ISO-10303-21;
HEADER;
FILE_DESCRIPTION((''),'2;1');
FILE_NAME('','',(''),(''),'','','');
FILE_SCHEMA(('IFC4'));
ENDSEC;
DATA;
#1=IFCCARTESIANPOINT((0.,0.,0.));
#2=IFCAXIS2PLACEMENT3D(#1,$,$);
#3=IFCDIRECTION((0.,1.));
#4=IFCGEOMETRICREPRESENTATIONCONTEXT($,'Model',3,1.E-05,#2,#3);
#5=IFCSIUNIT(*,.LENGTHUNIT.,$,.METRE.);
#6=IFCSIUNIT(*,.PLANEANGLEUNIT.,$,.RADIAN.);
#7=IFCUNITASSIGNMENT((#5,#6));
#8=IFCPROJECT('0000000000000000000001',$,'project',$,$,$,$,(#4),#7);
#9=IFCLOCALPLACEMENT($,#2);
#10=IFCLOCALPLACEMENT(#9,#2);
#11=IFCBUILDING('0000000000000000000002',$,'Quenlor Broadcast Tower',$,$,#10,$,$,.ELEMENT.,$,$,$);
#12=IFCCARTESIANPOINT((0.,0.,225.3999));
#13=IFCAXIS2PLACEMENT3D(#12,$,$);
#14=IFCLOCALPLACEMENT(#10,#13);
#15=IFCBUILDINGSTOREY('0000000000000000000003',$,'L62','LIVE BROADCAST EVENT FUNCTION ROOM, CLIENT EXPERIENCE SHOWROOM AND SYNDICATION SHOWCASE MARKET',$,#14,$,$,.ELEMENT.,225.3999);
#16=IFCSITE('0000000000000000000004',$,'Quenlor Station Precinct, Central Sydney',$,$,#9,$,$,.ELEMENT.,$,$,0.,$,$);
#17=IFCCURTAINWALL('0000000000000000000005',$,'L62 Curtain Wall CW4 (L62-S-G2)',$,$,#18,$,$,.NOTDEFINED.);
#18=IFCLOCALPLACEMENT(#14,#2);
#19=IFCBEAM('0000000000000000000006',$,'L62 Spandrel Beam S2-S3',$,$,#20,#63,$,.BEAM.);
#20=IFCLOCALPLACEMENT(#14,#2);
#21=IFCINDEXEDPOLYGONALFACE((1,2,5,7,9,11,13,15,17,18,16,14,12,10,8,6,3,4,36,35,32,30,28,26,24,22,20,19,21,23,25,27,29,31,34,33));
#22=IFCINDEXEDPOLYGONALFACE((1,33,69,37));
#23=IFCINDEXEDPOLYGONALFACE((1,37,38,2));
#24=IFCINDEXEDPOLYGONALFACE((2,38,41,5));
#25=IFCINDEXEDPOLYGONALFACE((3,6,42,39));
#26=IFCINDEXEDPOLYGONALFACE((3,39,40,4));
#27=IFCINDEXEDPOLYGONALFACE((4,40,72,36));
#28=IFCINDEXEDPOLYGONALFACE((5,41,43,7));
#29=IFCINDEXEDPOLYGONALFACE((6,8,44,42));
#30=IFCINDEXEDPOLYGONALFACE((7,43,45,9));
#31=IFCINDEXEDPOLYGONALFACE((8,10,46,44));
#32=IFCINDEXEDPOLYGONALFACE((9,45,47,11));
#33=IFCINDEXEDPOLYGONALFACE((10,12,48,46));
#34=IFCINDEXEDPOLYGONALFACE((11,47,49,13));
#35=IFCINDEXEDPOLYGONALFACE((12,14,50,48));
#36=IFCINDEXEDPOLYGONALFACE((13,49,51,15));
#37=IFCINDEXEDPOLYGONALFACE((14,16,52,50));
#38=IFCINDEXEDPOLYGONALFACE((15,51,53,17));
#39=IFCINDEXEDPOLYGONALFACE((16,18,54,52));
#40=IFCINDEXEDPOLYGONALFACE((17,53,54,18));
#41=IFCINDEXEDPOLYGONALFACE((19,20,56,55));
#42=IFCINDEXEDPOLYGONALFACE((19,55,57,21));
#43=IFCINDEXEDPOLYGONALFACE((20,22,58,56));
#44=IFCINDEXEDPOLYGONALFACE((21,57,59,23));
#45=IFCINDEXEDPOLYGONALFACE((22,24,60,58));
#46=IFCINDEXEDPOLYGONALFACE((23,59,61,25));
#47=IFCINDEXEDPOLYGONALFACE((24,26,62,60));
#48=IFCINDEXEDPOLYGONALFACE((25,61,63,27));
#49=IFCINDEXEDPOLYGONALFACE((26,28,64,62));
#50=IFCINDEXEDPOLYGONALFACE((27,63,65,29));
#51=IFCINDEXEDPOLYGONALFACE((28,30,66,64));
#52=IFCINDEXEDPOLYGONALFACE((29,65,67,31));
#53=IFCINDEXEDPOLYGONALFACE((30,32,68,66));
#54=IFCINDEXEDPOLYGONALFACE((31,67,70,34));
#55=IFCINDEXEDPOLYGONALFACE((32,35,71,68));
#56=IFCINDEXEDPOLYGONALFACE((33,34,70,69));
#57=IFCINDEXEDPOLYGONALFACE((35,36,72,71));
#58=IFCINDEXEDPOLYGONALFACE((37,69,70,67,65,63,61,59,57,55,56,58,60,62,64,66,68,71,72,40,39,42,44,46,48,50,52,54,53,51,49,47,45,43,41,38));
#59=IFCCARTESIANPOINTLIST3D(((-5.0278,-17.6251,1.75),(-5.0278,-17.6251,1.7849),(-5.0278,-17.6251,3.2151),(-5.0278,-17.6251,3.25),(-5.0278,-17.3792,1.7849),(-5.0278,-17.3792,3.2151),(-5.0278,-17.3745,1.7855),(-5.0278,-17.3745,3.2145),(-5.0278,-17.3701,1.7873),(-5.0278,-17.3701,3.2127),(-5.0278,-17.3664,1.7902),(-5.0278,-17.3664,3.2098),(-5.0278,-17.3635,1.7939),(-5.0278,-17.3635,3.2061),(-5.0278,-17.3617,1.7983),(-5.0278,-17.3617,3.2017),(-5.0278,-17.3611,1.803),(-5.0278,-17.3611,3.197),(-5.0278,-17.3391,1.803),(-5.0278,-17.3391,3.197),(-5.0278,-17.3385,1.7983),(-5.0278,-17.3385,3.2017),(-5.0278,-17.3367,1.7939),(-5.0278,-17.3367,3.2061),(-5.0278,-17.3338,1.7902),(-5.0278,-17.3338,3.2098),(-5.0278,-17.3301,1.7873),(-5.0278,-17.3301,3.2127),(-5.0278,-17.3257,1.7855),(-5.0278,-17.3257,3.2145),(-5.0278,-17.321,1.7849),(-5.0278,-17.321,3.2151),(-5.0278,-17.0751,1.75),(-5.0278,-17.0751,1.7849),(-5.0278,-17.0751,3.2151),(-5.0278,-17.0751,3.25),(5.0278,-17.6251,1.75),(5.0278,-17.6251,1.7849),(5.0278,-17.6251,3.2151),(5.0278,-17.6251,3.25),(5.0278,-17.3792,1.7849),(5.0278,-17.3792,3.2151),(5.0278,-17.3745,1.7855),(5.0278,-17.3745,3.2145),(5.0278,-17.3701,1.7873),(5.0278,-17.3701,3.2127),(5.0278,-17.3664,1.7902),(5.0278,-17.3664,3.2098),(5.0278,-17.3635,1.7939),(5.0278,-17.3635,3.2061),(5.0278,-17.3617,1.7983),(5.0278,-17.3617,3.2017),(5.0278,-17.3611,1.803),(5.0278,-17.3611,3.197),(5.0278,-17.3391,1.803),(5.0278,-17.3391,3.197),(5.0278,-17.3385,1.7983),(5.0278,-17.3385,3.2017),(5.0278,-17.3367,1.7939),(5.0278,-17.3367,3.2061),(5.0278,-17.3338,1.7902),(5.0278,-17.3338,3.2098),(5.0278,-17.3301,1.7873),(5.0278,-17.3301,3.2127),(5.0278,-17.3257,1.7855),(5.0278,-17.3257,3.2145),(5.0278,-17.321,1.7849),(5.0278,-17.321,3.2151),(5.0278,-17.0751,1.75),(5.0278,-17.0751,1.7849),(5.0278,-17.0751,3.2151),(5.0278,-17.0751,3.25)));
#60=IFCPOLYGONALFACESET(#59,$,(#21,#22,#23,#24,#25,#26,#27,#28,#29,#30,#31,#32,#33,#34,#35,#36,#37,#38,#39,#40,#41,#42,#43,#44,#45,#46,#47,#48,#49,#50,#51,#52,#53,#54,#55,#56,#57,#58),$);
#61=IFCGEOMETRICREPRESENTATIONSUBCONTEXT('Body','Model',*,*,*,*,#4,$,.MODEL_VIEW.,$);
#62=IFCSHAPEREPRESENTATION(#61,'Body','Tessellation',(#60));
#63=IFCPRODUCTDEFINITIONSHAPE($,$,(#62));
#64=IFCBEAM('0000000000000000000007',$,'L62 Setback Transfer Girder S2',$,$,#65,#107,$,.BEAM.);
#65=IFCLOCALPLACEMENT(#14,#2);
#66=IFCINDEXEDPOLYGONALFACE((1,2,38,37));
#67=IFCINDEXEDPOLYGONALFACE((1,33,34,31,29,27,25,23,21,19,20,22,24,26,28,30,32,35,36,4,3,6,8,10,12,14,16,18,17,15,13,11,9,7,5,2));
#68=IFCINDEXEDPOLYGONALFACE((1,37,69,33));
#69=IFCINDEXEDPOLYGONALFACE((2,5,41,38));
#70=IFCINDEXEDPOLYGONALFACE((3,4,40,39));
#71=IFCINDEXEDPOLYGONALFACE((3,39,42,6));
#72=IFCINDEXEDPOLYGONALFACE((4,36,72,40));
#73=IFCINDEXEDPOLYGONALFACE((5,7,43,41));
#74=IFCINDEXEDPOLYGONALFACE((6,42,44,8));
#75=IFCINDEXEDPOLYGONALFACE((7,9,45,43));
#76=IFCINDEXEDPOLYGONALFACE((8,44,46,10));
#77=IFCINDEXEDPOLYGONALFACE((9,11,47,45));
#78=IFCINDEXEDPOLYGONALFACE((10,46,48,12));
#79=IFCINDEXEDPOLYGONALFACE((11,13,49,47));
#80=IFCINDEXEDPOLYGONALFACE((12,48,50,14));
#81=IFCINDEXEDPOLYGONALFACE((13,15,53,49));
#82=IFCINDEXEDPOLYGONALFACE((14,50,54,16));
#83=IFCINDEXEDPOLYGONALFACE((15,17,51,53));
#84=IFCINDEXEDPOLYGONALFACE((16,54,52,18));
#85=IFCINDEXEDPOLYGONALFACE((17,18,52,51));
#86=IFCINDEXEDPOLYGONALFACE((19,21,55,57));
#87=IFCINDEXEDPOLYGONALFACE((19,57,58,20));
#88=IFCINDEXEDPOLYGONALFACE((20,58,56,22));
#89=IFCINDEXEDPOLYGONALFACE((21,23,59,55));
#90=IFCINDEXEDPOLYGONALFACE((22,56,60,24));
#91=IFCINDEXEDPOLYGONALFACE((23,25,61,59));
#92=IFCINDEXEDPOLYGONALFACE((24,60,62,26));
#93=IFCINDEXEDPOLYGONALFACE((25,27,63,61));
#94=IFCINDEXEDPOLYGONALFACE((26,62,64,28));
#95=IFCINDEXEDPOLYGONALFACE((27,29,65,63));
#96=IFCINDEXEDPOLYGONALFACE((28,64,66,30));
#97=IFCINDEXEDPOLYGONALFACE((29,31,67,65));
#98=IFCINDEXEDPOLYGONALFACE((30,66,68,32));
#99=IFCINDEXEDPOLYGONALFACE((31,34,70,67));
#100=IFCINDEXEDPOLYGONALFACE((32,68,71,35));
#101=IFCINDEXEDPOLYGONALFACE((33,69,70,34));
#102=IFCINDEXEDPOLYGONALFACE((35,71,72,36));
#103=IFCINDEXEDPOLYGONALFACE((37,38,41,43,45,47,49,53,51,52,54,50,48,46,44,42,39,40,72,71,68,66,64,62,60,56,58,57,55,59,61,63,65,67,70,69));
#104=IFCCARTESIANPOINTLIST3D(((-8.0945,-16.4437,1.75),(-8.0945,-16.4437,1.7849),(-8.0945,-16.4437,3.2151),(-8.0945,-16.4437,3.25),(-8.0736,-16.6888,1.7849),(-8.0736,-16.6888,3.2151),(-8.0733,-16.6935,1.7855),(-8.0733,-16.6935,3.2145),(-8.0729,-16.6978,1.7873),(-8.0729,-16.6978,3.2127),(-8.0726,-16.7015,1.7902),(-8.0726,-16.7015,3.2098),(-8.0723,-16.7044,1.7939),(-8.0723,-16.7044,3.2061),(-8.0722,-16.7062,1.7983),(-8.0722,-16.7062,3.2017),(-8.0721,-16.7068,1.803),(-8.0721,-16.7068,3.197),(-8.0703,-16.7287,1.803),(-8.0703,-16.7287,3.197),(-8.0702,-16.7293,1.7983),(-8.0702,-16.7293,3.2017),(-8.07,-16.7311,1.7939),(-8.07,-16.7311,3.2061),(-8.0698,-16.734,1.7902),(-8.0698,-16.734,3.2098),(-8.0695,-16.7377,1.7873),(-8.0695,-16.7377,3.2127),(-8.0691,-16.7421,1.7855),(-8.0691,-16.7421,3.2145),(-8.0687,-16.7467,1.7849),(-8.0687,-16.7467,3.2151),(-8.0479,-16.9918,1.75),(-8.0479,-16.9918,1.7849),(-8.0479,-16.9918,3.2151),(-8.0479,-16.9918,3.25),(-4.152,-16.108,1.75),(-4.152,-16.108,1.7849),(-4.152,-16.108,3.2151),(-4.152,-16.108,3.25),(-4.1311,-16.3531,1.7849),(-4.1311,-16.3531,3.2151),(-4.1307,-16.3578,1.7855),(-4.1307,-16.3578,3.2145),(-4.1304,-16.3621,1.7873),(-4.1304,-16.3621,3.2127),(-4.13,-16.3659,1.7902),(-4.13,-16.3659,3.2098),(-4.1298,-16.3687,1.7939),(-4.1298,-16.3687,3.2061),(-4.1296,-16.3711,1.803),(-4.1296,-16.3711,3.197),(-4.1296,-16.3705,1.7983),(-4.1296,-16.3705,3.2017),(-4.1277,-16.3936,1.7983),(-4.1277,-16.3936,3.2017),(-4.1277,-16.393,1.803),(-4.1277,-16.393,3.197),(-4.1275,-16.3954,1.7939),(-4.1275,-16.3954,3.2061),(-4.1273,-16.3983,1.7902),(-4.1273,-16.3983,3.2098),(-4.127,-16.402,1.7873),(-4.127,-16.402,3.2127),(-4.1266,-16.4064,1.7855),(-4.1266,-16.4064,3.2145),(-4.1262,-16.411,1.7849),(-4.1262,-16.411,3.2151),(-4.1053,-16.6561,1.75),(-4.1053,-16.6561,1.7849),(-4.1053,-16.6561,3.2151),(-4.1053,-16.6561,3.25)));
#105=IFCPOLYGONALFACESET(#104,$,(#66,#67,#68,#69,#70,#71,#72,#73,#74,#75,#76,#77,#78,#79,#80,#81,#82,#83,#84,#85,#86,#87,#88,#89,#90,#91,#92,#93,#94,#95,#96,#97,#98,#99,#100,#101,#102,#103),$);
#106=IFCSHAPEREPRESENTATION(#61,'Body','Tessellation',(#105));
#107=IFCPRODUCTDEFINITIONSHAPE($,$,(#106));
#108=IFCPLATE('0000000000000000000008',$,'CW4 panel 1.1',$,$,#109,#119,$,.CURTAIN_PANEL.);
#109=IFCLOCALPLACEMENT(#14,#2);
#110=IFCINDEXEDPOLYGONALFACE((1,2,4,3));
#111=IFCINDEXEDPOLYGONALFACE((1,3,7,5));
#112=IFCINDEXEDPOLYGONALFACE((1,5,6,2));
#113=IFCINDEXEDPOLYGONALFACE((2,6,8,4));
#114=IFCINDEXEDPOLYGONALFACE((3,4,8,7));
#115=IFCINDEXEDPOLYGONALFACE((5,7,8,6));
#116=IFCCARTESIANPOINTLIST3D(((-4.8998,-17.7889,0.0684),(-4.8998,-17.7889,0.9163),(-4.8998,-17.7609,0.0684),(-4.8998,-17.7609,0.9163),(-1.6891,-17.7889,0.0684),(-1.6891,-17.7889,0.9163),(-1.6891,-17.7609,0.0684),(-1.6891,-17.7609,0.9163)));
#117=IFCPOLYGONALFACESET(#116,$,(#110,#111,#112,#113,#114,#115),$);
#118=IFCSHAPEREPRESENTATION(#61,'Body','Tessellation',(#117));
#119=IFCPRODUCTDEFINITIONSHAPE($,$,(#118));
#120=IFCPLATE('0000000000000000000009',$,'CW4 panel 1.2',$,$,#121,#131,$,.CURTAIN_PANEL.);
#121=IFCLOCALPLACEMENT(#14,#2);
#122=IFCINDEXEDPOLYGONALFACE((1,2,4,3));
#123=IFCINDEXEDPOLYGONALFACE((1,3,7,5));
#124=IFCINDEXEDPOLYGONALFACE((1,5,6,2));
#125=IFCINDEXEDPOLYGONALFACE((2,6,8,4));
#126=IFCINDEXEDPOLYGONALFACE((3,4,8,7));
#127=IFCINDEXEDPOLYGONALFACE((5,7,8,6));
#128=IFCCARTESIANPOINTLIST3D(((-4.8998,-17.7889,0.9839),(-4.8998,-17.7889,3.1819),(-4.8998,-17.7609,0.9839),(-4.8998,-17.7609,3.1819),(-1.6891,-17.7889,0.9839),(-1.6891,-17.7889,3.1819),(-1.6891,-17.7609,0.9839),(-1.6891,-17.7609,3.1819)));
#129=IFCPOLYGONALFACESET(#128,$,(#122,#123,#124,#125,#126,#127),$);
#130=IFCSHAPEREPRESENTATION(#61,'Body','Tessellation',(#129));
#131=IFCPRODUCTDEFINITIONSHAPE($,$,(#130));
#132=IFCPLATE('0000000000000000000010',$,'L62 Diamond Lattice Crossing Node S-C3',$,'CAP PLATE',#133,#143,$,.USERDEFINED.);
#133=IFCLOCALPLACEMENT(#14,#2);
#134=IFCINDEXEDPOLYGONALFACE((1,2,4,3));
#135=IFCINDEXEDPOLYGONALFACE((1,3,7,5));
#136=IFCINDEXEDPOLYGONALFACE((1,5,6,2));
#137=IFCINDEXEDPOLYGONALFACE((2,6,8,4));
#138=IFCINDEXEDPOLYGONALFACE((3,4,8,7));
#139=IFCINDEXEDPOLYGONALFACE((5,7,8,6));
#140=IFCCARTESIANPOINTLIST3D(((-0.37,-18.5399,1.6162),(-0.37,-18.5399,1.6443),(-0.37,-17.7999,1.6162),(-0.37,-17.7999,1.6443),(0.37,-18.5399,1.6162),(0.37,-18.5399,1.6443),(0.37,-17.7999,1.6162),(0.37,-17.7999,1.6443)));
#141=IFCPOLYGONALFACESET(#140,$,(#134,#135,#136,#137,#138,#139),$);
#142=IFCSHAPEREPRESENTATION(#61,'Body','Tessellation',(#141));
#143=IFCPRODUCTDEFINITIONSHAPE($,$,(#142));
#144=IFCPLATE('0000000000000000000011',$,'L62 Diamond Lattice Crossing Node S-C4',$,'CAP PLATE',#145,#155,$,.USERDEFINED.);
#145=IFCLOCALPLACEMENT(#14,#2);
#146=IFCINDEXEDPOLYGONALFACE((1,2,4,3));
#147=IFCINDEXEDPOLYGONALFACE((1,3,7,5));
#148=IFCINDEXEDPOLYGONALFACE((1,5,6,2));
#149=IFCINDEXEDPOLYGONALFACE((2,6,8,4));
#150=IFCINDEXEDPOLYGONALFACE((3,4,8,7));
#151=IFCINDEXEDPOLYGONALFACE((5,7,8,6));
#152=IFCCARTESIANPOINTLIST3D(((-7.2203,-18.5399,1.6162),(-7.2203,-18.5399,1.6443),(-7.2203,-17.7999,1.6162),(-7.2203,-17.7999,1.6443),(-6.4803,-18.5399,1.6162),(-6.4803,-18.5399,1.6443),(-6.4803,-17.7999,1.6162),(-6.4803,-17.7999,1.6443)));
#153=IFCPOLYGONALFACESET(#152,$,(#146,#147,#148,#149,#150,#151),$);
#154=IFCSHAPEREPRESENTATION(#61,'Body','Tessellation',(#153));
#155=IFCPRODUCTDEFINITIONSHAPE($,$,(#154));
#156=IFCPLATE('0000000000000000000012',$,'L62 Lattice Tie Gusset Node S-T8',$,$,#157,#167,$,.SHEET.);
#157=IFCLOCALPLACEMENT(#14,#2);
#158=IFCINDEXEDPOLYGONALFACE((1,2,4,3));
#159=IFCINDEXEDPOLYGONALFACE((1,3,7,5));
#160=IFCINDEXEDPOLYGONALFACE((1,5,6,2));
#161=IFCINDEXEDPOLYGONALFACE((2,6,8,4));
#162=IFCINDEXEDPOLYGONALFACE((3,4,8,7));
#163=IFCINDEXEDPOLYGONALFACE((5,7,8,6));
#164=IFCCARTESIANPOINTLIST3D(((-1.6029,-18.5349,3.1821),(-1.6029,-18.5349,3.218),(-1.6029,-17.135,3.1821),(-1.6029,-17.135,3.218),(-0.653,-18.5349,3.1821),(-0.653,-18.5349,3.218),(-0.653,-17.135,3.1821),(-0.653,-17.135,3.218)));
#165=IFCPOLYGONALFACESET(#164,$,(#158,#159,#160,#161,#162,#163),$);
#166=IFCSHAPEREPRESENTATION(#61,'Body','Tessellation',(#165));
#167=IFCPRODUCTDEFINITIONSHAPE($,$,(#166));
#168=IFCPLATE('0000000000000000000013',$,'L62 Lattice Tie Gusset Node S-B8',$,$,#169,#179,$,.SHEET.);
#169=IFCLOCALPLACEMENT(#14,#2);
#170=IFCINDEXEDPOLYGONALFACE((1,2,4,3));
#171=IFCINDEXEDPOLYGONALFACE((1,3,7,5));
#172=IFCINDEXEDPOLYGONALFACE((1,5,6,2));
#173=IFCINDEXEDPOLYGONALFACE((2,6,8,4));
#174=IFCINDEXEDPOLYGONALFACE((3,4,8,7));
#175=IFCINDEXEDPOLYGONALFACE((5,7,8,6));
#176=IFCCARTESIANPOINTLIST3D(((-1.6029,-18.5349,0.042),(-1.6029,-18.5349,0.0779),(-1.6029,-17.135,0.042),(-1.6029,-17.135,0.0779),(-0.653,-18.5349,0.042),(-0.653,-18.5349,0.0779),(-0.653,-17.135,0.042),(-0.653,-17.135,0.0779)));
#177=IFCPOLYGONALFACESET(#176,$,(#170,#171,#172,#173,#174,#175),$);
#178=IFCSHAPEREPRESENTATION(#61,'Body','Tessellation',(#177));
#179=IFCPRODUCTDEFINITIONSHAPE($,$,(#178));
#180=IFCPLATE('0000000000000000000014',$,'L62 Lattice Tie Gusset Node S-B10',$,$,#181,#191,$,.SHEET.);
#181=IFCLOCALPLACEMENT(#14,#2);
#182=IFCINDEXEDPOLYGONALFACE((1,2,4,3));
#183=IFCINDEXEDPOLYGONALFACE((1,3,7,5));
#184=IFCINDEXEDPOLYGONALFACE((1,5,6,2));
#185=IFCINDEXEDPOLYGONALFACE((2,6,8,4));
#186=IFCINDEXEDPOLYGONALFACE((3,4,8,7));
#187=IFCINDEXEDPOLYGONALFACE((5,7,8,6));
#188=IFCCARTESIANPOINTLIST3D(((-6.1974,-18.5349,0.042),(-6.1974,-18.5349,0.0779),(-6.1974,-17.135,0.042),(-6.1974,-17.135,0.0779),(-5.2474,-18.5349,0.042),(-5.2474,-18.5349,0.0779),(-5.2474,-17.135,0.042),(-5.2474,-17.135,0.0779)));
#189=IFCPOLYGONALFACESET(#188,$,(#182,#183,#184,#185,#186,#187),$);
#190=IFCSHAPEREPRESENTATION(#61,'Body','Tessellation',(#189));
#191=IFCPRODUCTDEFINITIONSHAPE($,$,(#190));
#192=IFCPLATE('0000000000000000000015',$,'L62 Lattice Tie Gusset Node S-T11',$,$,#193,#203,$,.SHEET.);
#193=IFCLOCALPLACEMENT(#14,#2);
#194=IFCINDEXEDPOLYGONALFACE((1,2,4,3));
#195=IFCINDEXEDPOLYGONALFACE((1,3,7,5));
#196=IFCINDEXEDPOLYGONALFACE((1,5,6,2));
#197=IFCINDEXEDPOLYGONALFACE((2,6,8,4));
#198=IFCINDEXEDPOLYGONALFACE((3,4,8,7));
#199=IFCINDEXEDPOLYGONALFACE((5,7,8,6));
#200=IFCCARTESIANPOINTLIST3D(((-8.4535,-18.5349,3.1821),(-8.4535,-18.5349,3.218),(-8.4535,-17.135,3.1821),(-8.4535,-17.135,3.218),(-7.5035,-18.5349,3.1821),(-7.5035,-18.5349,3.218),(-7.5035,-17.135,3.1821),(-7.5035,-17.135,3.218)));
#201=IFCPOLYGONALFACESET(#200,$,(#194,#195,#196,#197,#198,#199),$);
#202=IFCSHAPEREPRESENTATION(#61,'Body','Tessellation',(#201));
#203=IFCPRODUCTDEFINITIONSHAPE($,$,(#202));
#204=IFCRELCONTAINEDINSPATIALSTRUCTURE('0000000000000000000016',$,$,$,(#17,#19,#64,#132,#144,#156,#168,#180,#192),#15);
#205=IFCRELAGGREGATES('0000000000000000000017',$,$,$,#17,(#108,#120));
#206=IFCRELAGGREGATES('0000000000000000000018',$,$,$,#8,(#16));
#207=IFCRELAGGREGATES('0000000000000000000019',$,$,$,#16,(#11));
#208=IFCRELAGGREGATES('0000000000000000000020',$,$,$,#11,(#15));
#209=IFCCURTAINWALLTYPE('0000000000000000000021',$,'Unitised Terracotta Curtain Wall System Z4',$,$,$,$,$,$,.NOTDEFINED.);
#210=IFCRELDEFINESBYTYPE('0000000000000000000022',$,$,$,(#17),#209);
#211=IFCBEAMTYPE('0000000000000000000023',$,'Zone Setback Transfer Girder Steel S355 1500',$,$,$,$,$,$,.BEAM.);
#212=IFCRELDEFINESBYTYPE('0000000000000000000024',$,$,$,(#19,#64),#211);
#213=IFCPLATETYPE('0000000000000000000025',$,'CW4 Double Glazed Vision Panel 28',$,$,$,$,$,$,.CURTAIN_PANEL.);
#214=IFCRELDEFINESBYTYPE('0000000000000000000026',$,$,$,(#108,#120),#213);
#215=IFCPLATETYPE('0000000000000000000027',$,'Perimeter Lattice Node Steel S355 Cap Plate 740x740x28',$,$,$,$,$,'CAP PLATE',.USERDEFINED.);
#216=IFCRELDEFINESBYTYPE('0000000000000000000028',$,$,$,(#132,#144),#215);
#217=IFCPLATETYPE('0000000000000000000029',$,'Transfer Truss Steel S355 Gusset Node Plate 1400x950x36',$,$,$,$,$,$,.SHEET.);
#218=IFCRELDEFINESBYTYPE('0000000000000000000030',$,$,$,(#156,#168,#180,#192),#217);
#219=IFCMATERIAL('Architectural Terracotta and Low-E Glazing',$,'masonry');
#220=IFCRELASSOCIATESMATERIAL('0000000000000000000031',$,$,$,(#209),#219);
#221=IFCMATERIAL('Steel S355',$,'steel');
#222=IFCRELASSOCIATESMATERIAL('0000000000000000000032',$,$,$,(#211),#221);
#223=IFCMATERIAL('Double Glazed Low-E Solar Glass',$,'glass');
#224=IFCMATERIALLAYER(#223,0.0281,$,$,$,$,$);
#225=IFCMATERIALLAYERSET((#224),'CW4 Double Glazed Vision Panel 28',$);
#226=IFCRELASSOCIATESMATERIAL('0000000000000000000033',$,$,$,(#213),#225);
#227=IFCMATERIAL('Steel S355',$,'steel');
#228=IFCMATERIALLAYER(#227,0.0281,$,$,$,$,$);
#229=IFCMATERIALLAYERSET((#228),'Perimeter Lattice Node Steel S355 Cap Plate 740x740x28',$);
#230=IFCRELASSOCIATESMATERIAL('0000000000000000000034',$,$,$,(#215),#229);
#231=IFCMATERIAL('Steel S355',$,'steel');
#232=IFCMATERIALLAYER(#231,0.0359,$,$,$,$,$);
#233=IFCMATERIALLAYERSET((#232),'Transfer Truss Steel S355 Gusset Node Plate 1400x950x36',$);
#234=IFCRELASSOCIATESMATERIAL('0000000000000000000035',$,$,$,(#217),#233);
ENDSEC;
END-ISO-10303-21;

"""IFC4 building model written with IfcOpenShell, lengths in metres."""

from ifc_helpers import new_model, si_unit, direction, frame, origin, origin_2d, place, context, subcontext, project, spatial, rectangle, i_section, extrude, material, layer, layer_set, material_profile, profile_set, type_object, element, aggregate, save


model = new_model("IFC4")

# Units and contexts
model_context = context("Model", 3, precision=1e-05, world=origin(), true_north=direction((0.0, 1.0)))
body_context = subcontext(model_context, "Body", "Model", "MODEL_VIEW")
ifc_project = project(units=[si_unit("LENGTHUNIT", "METRE"), si_unit("PLANEANGLEUNIT", "RADIAN")], contexts=[model_context])

# Site, building, storey
site_placement = place(None, origin())
site = spatial("IfcSite", under=ifc_project, at=site_placement, Name="Quenlor Station Precinct, Central Sydney", CompositionType="ELEMENT", RefElevation=0.0)
building_placement = place(site_placement, origin())
building = spatial("IfcBuilding", under=site, at=building_placement, Name="Quenlor Broadcast Tower", CompositionType="ELEMENT")
storey_placement = place(building_placement, frame((0.0, 0.0, 225.3999)))
storey = spatial("IfcBuildingStorey", under=building, at=storey_placement, Name="L62", Description="LIVE BROADCAST EVENT FUNCTION ROOM, CLIENT EXPERIENCE SHOWROOM AND SYNDICATION SHOWCASE MARKET", CompositionType="ELEMENT", Elevation=225.3999)

# Curtain wall
ifc_material_1 = material(Name="Architectural Terracotta and Low-E Glazing", Category="masonry")
curtain_wall_type = type_object("IfcCurtainWallType", Name="Unitised Terracotta Curtain Wall System Z4", PredefinedType="NOTDEFINED", material=ifc_material_1)
curtain_wall_placement = place(storey_placement, origin())
curtain_wall = element("IfcCurtainWall", 1, at=curtain_wall_placement, inside=storey, type_object=curtain_wall_type, Name="L62 Curtain Wall CW4 (L62-S-G2)", PredefinedType="NOTDEFINED")

# Beams
ifc_material_2 = material(Name="Steel S355", Category="steel")
ifc_material_profile_1 = material_profile(ifc_material_2, i_section(OverallWidth=0.55, OverallDepth=1.5, WebThickness=0.022, FlangeThickness=0.0349, FilletRadius=0.0181, at=origin_2d()))
ifc_profile_set_1 = profile_set([ifc_material_profile_1], Name="Steel S355 1500TG510")
beam_type = type_object("IfcBeamType", Name="Zone Setback Transfer Girder Steel S355 1500", PredefinedType="BEAM", material=ifc_profile_set_1)
beam_1_placement = place(storey_placement, frame((-5.0278, -17.3501, 2.5), z_axis=(1.0, 0.0, 0.0), x_axis=(0.0, 1.0, 0.0)))
element("IfcBeam", 2, at=beam_1_placement, inside=storey, type_object=beam_type, Name="L62 Spandrel Beam S2-S3", PredefinedType="BEAM", context=body_context, shape_type="SweptSolid", body=[
    extrude(i_section(OverallWidth=0.55, OverallDepth=1.5, WebThickness=0.022, FlangeThickness=0.0349, FilletRadius=0.0181, at=origin_2d()), origin(), (0.0, 0.0, 1.0), 10.0557),
])
beam_2_placement = place(storey_placement, frame((-4.1287, -16.3821, 2.5), z_axis=(-0.996395, -0.084838, 0.0), x_axis=(0.084838, -0.996395, 0.0)))
element("IfcBeam", 3, at=beam_2_placement, inside=storey, type_object=beam_type, Name="L62 Setback Transfer Girder S2", PredefinedType="BEAM", context=body_context, shape_type="SweptSolid", body=[
    extrude(i_section(OverallWidth=0.55, OverallDepth=1.5, WebThickness=0.022, FlangeThickness=0.0349, FilletRadius=0.0181, at=origin_2d()), origin(), (0.0, 0.0, 1.0), 3.9568),
])

# Plates
ifc_material_3 = material(Name="Double Glazed Low-E Solar Glass", Category="glass")
ifc_layer_1 = layer(ifc_material_3, 0.0281)
ifc_layer_set_1 = layer_set([ifc_layer_1], Name="CW4 Double Glazed Vision Panel 28")
plate_type_1 = type_object("IfcPlateType", Name="CW4 Double Glazed Vision Panel 28", PredefinedType="CURTAIN_PANEL", material=ifc_layer_set_1)
plate_1_placement = place(storey_placement, frame((-3.2944, -17.7749, 0.0684), z_axis=(0.0, 0.0, 1.0), x_axis=(-1.0, 0.0, 0.0)))
plate_1 = element("IfcPlate", 4, at=plate_1_placement, type_object=plate_type_1, Name="CW4 panel 1.1", PredefinedType="CURTAIN_PANEL", context=body_context, shape_type="SweptSolid", body=[
    extrude(rectangle(XDim=3.2107, YDim=0.0281, at=origin_2d()), origin(), (0.0, 0.0, 1.0), 0.8479),
])
plate_2_placement = place(storey_placement, frame((-3.2944, -17.7749, 0.9839), z_axis=(0.0, 0.0, 1.0), x_axis=(-1.0, 0.0, 0.0)))
plate_2 = element("IfcPlate", 5, at=plate_2_placement, type_object=plate_type_1, Name="CW4 panel 1.2", PredefinedType="CURTAIN_PANEL", context=body_context, shape_type="SweptSolid", body=[
    extrude(rectangle(XDim=3.2107, YDim=0.0281, at=origin_2d()), origin(), (0.0, 0.0, 1.0), 2.198),
])
aggregate(curtain_wall, [plate_1, plate_2])

# Plates
ifc_material_4 = material(Name="Steel S355", Category="steel")
ifc_layer_2 = layer(ifc_material_4, 0.0281)
ifc_layer_set_2 = layer_set([ifc_layer_2], Name="Perimeter Lattice Node Steel S355 Cap Plate 740x740x28")
plate_type_2 = type_object("IfcPlateType", Name="Perimeter Lattice Node Steel S355 Cap Plate 740x740x28", ElementType="CAP PLATE", PredefinedType="USERDEFINED", material=ifc_layer_set_2)
for number, where, z_axis, x_axis, name in (
    (6, (0.0, -18.1699, 1.6162), (0.0, 0.0, 1.0), (-1.0, 0.0, 0.0), "L62 Diamond Lattice Crossing Node S-C3"),
    (7, (-6.8503, -18.1699, 1.6162), (0.0, 0.0, 1.0), (-1.0, 0.0, 0.0), "L62 Diamond Lattice Crossing Node S-C4"),
):
    element("IfcPlate", number, at=place(storey_placement, frame(where, z_axis=z_axis, x_axis=x_axis)), inside=storey, type_object=plate_type_2, Name=name, ObjectType="CAP PLATE", PredefinedType="USERDEFINED", context=body_context, shape_type="SweptSolid", body=[
        extrude(rectangle(XDim=0.74, YDim=0.74, at=origin_2d()), origin(), (0.0, 0.0, 1.0), 0.0281),
    ])
ifc_material_5 = material(Name="Steel S355", Category="steel")
ifc_layer_3 = layer(ifc_material_5, 0.0359)
ifc_layer_set_3 = layer_set([ifc_layer_3], Name="Transfer Truss Steel S355 Gusset Node Plate 1400x950x36")
plate_type_3 = type_object("IfcPlateType", Name="Transfer Truss Steel S355 Gusset Node Plate 1400x950x36", PredefinedType="SHEET", material=ifc_layer_set_3)
for number, where, z_axis, x_axis, name in (
    (8, (-1.1279, -17.835, 3.1821), (0.0, 0.0, 1.0), (0.0, -1.0, 0.0), "L62 Lattice Tie Gusset Node S-T8"),
    (9, (-1.1279, -17.835, 0.042), (0.0, 0.0, 1.0), (0.0, -1.0, 0.0), "L62 Lattice Tie Gusset Node S-B8"),
    (10, (-5.7224, -17.835, 0.042), (0.0, 0.0, 1.0), (0.0, -1.0, 0.0), "L62 Lattice Tie Gusset Node S-B10"),
    (11, (-7.9785, -17.835, 3.1821), (0.0, 0.0, 1.0), (0.0, -1.0, 0.0), "L62 Lattice Tie Gusset Node S-T11"),
):
    element("IfcPlate", number, at=place(storey_placement, frame(where, z_axis=z_axis, x_axis=x_axis)), inside=storey, type_object=plate_type_3, Name=name, PredefinedType="SHEET", context=body_context, shape_type="SweptSolid", body=[
        extrude(rectangle(XDim=1.3999, YDim=0.95, at=origin_2d()), origin(), (0.0, 0.0, 1.0), 0.0359),
    ])

save(model, "model.ifc")
